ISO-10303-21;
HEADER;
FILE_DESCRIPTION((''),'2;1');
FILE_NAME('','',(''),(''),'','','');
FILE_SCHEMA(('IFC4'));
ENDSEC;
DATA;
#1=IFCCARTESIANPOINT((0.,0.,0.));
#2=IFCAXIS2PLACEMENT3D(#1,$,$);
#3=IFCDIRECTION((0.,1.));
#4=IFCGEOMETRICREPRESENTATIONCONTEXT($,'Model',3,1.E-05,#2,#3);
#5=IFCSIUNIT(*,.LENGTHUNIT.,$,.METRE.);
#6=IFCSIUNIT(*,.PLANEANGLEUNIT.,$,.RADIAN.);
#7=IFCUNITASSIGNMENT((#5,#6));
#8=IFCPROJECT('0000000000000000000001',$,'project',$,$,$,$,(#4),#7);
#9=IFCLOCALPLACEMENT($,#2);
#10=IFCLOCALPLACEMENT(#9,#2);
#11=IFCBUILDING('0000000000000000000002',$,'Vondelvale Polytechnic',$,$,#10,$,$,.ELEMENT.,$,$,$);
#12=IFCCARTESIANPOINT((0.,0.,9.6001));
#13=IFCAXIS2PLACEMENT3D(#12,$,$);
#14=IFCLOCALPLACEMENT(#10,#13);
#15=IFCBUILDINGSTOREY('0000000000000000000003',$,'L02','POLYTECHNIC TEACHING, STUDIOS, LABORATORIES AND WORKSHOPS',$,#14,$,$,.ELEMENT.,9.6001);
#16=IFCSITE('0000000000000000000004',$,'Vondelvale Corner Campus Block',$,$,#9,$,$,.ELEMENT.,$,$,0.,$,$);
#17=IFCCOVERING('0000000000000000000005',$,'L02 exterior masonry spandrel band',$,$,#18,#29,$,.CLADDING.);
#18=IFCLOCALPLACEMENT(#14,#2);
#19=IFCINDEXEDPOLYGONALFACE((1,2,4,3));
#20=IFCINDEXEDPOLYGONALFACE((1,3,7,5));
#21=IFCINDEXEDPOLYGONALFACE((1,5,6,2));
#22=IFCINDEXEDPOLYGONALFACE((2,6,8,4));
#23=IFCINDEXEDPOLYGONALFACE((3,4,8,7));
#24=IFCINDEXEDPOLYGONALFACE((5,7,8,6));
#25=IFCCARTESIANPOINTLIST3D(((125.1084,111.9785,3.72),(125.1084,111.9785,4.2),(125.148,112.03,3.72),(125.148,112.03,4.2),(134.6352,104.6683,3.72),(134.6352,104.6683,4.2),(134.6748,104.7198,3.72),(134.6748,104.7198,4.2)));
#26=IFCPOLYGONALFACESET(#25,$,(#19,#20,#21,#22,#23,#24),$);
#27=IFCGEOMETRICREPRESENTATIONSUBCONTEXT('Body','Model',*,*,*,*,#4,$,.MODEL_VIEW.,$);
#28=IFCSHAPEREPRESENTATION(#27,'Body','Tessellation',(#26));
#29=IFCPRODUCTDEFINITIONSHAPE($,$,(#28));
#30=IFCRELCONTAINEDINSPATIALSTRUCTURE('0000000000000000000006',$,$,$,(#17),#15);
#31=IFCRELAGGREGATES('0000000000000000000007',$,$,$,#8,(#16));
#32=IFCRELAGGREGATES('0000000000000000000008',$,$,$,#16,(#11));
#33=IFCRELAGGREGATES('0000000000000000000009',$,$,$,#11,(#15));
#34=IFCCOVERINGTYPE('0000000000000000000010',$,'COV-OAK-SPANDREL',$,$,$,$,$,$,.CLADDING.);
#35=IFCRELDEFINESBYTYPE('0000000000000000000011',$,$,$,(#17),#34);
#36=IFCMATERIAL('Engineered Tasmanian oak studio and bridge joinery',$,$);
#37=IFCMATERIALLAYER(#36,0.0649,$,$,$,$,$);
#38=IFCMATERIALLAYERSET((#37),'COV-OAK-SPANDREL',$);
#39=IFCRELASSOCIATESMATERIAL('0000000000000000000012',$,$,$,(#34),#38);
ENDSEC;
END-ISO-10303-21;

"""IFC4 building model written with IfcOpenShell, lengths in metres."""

from ifc_helpers import new_model, si_unit, direction, frame, origin, origin_2d, place, context, subcontext, project, spatial, rectangle, extrude, material, layer, layer_set, type_object, element, save


model = new_model("IFC4")

# Units and contexts
model_context = context("Model", 3, precision=1e-05, world=origin(), true_north=direction((0.0, 1.0)))
body_context = subcontext(model_context, "Body", "Model", "MODEL_VIEW")
ifc_project = project(units=[si_unit("LENGTHUNIT", "METRE"), si_unit("PLANEANGLEUNIT", "RADIAN")], contexts=[model_context])

# Site, building, storey
site_placement = place(None, origin())
site = spatial("IfcSite", under=ifc_project, at=site_placement, Name="Vondelvale Corner Campus Block", CompositionType="ELEMENT", RefElevation=0.0)
building_placement = place(site_placement, origin())
building = spatial("IfcBuilding", under=site, at=building_placement, Name="Vondelvale Polytechnic", CompositionType="ELEMENT")
storey_placement = place(building_placement, frame((0.0, 0.0, 9.6001)))
storey = spatial("IfcBuildingStorey", under=building, at=storey_placement, Name="L02", Description="POLYTECHNIC TEACHING, STUDIOS, LABORATORIES AND WORKSHOPS", CompositionType="ELEMENT", Elevation=9.6001)

# Shared definitions
ifc_material_1 = material(Name="Engineered Tasmanian oak studio and bridge joinery")

# Covering
ifc_layer_1 = layer(ifc_material_1, 0.0649)
ifc_layer_set_1 = layer_set([ifc_layer_1], Name="COV-OAK-SPANDREL")
covering_type = type_object("IfcCoveringType", Name="COV-OAK-SPANDREL", PredefinedType="CLADDING", material=ifc_layer_set_1)
covering_placement = place(storey_placement, frame((129.8916, 108.3491, 3.72), z_axis=(0.0, 0.0, 1.0), x_axis=(-0.793353, 0.608761, 0.0)))
element("IfcCovering", 1, at=covering_placement, inside=storey, type_object=covering_type, Name="L02 exterior masonry spandrel band", PredefinedType="CLADDING", context=body_context, shape_type="SweptSolid", body=[
    extrude(rectangle(XDim=12.0083, YDim=0.0649, at=origin_2d()), origin(), (0.0, 0.0, 1.0), 0.48),
])

save(model, "model.ifc")
